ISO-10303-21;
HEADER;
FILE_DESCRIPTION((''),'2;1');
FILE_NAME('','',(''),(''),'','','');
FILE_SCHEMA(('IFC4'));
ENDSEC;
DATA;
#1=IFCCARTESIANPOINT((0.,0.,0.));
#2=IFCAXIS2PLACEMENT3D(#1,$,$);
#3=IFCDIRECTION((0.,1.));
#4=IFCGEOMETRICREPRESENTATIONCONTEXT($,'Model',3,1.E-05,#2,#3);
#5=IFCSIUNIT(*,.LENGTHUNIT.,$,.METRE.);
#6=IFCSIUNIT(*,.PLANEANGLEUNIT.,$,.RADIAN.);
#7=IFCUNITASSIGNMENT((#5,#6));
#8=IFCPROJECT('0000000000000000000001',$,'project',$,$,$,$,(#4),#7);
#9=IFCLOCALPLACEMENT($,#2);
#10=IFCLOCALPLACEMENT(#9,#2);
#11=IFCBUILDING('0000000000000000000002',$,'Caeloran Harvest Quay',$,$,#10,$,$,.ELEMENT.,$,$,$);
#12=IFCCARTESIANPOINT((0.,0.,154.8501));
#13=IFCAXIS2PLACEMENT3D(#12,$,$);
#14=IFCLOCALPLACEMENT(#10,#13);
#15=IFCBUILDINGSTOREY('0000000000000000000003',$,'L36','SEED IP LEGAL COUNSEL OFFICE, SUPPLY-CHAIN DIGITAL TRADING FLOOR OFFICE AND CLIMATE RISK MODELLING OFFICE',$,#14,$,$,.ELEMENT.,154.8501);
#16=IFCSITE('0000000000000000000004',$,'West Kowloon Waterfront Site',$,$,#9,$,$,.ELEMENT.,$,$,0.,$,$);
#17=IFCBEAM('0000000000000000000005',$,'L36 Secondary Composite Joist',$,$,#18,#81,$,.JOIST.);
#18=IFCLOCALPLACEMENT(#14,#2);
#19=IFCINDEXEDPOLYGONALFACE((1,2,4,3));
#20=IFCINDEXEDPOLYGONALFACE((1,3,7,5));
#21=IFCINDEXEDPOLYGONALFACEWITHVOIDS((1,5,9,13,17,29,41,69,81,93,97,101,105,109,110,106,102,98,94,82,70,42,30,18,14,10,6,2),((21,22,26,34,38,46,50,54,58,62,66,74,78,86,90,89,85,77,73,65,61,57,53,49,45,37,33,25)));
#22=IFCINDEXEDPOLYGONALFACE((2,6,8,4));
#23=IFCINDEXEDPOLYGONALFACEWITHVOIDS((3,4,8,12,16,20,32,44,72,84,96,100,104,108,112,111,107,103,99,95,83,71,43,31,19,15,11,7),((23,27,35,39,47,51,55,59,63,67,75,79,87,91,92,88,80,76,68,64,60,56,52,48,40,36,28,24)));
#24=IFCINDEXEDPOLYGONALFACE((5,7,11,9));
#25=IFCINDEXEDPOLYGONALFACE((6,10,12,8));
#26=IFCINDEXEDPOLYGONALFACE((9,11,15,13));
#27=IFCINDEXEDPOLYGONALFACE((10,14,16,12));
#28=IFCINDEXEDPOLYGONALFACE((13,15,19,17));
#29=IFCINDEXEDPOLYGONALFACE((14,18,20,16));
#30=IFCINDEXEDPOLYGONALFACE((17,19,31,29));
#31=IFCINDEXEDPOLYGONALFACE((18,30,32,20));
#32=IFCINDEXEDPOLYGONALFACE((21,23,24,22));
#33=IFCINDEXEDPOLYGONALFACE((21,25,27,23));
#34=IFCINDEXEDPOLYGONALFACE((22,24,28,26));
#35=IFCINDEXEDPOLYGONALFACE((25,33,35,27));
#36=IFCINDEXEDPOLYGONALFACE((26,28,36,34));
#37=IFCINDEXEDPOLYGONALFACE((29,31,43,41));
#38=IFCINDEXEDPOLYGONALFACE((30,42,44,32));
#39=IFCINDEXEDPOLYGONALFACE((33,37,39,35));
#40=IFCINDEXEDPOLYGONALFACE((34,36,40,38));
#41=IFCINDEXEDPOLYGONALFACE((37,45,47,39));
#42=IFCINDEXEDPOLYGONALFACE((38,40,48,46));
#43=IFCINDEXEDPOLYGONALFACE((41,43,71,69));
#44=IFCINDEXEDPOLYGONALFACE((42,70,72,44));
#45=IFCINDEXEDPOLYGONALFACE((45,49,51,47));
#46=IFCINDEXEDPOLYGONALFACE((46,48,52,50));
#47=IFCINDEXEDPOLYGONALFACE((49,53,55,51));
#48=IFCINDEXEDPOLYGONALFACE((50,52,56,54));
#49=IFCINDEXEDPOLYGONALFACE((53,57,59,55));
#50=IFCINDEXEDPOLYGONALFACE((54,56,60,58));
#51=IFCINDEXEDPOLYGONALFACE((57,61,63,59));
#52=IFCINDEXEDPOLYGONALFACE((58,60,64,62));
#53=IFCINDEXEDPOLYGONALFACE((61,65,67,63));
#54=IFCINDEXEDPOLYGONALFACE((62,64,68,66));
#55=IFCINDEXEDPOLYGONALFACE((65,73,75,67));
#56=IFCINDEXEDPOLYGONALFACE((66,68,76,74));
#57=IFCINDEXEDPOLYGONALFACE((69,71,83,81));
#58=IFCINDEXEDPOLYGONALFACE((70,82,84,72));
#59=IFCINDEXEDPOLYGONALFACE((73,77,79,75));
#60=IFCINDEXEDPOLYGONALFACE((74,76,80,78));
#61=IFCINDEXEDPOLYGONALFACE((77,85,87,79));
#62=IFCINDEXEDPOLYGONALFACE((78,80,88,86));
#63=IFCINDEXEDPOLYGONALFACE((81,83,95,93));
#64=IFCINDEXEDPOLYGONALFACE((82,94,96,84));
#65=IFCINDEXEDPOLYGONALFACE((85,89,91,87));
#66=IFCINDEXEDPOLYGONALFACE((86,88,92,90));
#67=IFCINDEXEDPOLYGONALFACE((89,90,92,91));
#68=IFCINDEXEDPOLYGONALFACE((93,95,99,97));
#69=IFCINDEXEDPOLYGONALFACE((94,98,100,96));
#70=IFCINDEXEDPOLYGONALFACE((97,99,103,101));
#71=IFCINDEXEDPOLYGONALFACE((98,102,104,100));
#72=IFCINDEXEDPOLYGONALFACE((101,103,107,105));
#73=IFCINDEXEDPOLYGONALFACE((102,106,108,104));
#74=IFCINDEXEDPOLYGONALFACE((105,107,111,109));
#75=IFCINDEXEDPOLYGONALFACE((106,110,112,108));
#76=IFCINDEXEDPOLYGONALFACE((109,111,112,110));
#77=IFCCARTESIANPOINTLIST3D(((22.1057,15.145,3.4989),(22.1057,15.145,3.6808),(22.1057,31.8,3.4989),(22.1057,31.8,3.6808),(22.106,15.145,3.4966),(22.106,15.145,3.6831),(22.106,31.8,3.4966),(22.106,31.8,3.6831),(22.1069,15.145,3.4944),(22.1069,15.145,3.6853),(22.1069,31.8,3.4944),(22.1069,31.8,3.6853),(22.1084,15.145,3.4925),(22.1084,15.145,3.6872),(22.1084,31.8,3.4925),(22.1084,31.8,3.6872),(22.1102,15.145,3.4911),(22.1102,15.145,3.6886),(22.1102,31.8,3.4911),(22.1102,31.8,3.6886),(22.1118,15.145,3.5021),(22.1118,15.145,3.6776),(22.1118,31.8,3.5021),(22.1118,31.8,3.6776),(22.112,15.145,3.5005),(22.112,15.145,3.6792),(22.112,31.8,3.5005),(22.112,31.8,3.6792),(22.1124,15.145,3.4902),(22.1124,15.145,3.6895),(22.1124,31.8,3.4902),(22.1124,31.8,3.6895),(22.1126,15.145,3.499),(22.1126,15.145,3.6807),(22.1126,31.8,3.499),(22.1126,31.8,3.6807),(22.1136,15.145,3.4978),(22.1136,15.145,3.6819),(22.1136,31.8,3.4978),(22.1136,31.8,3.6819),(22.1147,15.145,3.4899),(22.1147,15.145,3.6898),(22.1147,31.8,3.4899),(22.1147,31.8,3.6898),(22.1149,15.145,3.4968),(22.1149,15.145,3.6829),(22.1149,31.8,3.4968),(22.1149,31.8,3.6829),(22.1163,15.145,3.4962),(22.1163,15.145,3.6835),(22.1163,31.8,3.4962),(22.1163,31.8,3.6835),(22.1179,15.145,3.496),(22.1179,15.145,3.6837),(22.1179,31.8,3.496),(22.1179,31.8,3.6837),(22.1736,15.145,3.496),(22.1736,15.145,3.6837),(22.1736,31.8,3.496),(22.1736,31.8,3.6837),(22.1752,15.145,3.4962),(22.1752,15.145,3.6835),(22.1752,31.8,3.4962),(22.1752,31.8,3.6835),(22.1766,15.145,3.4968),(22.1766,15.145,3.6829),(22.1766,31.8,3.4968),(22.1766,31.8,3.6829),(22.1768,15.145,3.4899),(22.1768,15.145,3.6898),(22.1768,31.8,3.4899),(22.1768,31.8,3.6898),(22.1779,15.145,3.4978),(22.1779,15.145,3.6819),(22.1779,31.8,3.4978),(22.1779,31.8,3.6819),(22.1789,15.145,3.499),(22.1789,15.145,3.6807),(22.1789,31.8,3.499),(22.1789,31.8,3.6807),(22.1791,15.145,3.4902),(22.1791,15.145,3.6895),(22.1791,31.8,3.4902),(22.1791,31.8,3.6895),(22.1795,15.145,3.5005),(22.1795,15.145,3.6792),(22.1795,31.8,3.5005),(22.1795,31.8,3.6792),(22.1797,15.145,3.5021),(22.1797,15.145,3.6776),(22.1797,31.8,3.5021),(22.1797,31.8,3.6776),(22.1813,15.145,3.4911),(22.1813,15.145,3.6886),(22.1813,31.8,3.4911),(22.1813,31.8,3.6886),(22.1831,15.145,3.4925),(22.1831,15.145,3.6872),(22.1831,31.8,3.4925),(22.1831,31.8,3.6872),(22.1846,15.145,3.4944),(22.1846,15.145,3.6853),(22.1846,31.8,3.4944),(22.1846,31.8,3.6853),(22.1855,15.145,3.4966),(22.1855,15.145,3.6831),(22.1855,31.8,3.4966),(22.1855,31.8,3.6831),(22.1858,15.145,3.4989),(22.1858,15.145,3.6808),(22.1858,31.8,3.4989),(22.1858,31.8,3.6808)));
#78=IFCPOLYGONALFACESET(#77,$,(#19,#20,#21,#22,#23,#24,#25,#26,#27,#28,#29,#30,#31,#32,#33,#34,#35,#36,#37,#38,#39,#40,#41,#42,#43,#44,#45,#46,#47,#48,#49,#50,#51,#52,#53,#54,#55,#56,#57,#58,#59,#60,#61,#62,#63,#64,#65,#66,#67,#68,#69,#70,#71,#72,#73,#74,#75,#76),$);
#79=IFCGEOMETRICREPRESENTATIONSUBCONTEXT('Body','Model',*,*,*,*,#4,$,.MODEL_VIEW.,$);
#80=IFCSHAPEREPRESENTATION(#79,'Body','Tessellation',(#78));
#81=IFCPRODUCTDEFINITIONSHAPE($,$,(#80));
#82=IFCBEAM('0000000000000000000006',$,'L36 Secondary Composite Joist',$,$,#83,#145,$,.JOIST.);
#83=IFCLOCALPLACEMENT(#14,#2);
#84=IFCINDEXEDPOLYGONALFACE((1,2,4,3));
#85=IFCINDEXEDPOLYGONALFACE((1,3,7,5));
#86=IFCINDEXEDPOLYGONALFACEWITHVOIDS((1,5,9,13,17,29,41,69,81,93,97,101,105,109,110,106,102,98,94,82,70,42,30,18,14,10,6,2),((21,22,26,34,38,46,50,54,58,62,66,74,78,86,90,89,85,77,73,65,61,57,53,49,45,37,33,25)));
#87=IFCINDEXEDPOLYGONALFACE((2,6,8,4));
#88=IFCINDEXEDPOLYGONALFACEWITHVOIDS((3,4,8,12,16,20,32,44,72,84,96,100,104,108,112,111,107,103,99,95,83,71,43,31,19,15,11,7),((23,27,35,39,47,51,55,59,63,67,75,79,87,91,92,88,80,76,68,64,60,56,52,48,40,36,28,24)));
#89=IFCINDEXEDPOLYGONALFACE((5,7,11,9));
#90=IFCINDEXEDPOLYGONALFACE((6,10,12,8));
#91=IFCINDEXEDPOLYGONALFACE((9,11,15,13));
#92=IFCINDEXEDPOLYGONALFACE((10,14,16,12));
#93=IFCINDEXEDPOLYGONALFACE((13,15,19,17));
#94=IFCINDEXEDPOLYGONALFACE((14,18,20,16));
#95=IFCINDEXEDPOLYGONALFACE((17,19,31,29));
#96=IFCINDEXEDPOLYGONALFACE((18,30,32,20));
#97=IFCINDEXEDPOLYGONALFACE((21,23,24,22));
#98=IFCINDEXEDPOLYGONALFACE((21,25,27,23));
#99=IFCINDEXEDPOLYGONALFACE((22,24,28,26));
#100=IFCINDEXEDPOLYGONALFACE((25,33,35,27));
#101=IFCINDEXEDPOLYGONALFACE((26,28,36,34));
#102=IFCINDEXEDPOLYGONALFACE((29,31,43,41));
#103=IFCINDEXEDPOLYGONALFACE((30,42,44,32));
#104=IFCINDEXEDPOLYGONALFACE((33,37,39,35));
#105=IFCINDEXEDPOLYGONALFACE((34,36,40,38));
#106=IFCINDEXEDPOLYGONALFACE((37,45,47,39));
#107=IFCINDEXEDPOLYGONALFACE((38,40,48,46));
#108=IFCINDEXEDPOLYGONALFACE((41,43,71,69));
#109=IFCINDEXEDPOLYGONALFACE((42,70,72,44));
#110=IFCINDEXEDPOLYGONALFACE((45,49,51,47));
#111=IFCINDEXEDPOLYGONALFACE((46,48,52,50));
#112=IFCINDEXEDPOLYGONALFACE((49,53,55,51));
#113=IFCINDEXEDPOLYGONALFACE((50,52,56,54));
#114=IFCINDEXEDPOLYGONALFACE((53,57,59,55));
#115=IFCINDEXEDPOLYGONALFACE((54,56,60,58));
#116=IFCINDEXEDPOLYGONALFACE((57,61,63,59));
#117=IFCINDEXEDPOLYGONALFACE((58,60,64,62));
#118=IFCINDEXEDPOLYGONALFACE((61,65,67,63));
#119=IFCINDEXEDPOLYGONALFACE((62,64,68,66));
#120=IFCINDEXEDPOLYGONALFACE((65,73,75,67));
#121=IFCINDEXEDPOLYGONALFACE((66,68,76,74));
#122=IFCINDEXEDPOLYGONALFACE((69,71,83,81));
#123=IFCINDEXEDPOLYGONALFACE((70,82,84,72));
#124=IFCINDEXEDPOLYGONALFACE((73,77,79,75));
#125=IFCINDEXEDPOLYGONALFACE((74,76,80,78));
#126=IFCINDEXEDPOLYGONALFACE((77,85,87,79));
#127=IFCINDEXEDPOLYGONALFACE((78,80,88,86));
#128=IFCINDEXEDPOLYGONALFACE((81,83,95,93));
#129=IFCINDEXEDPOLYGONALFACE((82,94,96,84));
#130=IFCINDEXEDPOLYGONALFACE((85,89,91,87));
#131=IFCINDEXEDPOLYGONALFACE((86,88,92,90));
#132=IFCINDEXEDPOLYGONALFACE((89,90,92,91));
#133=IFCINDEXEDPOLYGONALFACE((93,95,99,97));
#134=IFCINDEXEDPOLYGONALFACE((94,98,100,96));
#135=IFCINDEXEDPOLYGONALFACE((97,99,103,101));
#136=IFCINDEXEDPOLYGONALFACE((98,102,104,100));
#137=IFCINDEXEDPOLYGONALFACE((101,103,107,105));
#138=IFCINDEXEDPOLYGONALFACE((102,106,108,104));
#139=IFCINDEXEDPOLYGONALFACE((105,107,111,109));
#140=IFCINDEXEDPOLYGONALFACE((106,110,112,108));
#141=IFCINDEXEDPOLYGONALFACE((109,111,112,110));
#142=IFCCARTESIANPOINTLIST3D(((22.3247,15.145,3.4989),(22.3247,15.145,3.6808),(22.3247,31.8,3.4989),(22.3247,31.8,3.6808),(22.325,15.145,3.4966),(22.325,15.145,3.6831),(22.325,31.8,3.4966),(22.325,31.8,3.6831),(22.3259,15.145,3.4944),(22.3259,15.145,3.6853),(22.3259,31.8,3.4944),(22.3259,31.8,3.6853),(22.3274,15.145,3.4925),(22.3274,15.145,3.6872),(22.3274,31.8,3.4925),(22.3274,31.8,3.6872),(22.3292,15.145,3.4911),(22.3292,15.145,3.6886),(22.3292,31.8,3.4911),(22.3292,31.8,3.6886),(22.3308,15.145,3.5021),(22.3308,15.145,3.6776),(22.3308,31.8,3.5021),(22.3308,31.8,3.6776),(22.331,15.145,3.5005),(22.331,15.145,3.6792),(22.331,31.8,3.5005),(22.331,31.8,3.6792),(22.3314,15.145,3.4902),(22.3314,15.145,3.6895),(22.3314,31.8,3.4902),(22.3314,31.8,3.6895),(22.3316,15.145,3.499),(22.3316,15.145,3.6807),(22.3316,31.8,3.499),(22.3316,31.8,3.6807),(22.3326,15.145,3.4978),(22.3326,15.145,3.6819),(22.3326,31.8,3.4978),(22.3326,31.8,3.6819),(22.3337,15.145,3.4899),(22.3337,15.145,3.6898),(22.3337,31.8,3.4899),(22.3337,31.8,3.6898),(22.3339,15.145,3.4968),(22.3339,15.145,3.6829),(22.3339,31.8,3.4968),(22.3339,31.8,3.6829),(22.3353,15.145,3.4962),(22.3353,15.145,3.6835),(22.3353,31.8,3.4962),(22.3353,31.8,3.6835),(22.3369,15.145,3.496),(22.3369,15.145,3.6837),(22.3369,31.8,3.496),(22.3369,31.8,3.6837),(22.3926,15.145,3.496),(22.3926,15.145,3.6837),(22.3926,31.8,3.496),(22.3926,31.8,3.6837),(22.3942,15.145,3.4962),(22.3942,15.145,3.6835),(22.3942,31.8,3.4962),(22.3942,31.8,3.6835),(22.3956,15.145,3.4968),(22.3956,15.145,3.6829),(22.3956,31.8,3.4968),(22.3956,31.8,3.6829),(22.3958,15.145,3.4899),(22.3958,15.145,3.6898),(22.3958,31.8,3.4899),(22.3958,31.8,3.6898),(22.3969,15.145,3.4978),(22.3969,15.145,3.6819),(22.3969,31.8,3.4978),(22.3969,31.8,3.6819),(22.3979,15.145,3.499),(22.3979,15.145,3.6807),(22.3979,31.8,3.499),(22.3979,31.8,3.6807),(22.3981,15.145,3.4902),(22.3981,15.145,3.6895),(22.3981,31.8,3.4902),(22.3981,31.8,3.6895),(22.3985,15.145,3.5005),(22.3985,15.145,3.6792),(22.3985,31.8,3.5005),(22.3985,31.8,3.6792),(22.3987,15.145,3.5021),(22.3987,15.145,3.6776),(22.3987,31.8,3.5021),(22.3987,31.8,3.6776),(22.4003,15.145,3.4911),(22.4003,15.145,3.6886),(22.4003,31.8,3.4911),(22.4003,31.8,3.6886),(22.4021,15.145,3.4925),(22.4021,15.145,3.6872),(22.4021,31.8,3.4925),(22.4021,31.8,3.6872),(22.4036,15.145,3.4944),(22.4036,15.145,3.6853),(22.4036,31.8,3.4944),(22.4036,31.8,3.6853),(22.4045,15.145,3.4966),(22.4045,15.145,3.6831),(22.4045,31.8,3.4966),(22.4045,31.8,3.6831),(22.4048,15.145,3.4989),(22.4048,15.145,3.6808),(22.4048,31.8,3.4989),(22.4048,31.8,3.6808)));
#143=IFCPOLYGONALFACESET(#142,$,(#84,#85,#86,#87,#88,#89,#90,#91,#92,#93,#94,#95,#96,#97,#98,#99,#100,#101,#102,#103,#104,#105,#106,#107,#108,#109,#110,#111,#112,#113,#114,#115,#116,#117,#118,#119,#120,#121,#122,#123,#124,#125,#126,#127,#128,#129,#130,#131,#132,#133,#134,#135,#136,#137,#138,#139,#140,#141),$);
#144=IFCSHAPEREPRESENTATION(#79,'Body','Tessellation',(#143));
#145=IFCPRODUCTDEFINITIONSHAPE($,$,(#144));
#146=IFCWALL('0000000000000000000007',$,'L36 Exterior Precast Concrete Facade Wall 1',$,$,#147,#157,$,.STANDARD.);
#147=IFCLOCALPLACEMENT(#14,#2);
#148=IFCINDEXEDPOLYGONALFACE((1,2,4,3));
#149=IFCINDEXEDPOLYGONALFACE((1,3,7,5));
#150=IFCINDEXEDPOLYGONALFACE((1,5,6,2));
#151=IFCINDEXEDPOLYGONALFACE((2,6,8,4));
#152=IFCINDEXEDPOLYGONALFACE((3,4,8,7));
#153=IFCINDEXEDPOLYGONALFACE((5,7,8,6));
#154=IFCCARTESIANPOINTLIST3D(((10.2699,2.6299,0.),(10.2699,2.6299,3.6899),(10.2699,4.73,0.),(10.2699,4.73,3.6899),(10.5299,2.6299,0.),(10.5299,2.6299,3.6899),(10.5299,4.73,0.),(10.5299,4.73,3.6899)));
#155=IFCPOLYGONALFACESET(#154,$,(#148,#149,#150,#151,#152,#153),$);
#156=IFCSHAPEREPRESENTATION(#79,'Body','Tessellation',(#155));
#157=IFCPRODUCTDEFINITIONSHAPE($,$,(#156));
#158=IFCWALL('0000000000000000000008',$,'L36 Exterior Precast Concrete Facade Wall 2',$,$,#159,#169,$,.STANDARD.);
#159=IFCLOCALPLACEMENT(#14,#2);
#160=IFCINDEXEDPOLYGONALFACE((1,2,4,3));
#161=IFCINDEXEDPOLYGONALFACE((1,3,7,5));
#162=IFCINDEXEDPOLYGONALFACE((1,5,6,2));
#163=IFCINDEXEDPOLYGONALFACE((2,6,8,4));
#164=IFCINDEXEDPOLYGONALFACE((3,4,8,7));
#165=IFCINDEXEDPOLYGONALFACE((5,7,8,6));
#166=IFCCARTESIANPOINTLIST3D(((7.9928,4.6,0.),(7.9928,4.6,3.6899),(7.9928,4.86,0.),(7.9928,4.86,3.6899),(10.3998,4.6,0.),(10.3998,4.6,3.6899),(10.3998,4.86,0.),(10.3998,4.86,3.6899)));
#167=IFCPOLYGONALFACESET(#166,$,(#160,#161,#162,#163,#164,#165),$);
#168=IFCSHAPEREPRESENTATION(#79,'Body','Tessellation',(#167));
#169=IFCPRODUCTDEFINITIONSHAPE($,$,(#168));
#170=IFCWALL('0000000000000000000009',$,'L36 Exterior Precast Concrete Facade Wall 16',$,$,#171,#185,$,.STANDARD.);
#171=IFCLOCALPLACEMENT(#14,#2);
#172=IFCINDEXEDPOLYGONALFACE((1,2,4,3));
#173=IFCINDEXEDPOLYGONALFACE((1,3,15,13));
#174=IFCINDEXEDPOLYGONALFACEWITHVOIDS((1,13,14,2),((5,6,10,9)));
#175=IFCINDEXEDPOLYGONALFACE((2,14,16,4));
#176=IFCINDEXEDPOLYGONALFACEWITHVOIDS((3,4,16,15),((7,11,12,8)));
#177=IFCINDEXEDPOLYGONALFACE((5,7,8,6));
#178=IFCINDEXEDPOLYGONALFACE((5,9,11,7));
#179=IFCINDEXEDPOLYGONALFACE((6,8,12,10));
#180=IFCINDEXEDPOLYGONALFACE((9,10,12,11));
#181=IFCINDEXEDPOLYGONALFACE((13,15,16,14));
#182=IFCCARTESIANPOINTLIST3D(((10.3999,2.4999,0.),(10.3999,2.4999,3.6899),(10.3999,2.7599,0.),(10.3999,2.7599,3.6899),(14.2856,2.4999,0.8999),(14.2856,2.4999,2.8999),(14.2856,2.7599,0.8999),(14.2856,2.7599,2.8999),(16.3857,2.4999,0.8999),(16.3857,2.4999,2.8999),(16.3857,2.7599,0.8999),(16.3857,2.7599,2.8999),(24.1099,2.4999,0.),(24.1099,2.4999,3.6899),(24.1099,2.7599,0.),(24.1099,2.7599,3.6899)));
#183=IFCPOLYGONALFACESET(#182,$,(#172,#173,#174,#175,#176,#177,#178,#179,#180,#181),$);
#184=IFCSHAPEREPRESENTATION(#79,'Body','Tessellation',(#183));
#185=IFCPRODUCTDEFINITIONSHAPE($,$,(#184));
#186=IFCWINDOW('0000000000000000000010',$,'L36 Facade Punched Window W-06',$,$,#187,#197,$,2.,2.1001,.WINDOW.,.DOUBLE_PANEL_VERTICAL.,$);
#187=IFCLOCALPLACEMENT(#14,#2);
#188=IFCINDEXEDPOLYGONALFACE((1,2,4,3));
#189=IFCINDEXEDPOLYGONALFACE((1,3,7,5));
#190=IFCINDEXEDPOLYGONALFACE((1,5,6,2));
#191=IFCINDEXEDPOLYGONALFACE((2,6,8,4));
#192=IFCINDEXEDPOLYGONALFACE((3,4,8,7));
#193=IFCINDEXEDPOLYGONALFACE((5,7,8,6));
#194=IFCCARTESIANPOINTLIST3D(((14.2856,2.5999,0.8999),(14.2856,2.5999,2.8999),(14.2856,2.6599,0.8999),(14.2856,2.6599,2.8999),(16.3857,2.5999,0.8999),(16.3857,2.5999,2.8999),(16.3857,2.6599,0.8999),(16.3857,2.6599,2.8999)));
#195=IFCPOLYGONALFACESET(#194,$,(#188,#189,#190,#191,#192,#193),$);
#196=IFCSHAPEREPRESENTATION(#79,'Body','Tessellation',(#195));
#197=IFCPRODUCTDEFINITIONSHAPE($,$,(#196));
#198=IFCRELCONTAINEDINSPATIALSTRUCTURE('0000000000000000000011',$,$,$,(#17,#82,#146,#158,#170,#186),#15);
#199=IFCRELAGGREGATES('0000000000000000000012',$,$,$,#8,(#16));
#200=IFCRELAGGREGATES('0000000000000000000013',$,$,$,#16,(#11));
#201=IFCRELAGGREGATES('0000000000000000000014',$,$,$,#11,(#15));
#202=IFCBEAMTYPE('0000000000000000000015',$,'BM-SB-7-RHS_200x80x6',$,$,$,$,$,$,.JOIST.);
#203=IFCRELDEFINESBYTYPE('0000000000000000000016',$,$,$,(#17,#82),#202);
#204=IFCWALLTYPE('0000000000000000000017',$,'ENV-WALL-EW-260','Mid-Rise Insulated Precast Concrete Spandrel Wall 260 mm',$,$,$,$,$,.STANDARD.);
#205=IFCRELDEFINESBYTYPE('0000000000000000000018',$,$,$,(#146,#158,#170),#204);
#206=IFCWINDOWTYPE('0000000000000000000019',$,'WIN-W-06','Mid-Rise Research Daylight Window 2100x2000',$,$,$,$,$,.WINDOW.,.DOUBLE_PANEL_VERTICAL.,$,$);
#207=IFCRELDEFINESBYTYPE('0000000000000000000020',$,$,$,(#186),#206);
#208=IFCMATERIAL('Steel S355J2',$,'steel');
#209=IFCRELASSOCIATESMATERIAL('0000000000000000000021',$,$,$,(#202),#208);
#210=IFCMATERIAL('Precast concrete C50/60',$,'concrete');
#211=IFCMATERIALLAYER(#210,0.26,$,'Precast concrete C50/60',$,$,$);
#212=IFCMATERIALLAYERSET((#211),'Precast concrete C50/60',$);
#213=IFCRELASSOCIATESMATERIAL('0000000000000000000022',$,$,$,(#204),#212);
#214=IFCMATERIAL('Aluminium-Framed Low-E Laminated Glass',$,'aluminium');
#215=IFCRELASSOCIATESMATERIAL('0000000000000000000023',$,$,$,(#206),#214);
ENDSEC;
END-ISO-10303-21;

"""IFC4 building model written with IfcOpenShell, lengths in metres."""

from ifc_helpers import new_model, si_unit, direction, frame, frame_2d, origin, origin_2d, place, context, subcontext, project, spatial, rectangle, hollow_rectangle, extrude, material, layer, layer_set, material_profile, profile_set, type_object, element, fill, save


model = new_model("IFC4")

# Units and contexts
model_context = context("Model", 3, precision=1e-05, world=origin(), true_north=direction((0.0, 1.0)))
body_context = subcontext(model_context, "Body", "Model", "MODEL_VIEW")
ifc_project = project(units=[si_unit("LENGTHUNIT", "METRE"), si_unit("PLANEANGLEUNIT", "RADIAN")], contexts=[model_context])

# Site, building, storey
site_placement = place(None, origin())
site = spatial("IfcSite", under=ifc_project, at=site_placement, Name="West Kowloon Waterfront Site", CompositionType="ELEMENT", RefElevation=0.0)
building_placement = place(site_placement, origin())
building = spatial("IfcBuilding", under=site, at=building_placement, Name="Caeloran Harvest Quay", CompositionType="ELEMENT")
storey_placement = place(building_placement, frame((0.0, 0.0, 154.8501)))
storey = spatial("IfcBuildingStorey", under=building, at=storey_placement, Name="L36", Description="SEED IP LEGAL COUNSEL OFFICE, SUPPLY-CHAIN DIGITAL TRADING FLOOR OFFICE AND CLIMATE RISK MODELLING OFFICE", CompositionType="ELEMENT", Elevation=154.8501)

# Beams
ifc_material_1 = material(Name="Steel S355J2", Category="steel")
ifc_material_profile_1 = material_profile(ifc_material_1, hollow_rectangle(XDim=0.0801, YDim=0.2, WallThickness=0.0061, InnerFilletRadius=0.0061, OuterFilletRadius=0.009, at=origin_2d()), Name="RHS 200x80x6")
ifc_profile_set_1 = profile_set([ifc_material_profile_1], Name="Steel S355J2")
beam_type_1 = type_object("IfcBeamType", Name="BM-SB-7-RHS_200x80x6", PredefinedType="JOIST", material=ifc_profile_set_1)
for number, where, z_axis, x_axis, name in (
    (1, (22.1458, 15.145, 3.5898), (0.0, 1.0, 0.0), (-1.0, 0.0, 0.0), "L36 Secondary Composite Joist"),
    (2, (22.3647, 15.145, 3.5898), (0.0, 1.0, 0.0), (-1.0, 0.0, 0.0), "L36 Secondary Composite Joist"),
):
    element("IfcBeam", number, at=place(storey_placement, frame(where, z_axis=z_axis, x_axis=x_axis)), inside=storey, type_object=beam_type_1, Name=name, PredefinedType="JOIST", context=body_context, shape_type="SweptSolid", body=[
        extrude(hollow_rectangle(XDim=0.0801, YDim=0.2, WallThickness=0.0061, InnerFilletRadius=0.0061, OuterFilletRadius=0.009, at=origin_2d()), origin(), (0.0, 0.0, 1.0), 16.655),
    ])

# Walls
ifc_material_2 = material(Name="Precast concrete C50/60", Category="concrete")
ifc_layer_1 = layer(ifc_material_2, 0.26, Name="Precast concrete C50/60")
ifc_layer_set_1 = layer_set([ifc_layer_1], Name="Precast concrete C50/60")
wall_type_1 = type_object("IfcWallType", Name="ENV-WALL-EW-260", Description="Mid-Rise Insulated Precast Concrete Spandrel Wall 260 mm", PredefinedType="STANDARD", material=ifc_layer_set_1)
wall_1_placement = place(storey_placement, frame((10.3999, 2.6299, 0.0), z_axis=(0.0, 0.0, 1.0), x_axis=(0.0, 1.0, 0.0)))
element("IfcWall", 3, at=wall_1_placement, inside=storey, type_object=wall_type_1, Name="L36 Exterior Precast Concrete Facade Wall 1", PredefinedType="STANDARD", context=body_context, shape_type="SweptSolid", body=[
    extrude(rectangle(XDim=2.1001, YDim=0.26, at=frame_2d((1.05, 0.0))), origin(), (0.0, 0.0, 1.0), 3.6899),
])
wall_2_placement = place(storey_placement, frame((10.3999, 4.73, 0.0), z_axis=(0.0, 0.0, 1.0), x_axis=(-1.0, 0.0, 0.0)))
element("IfcWall", 4, at=wall_2_placement, inside=storey, type_object=wall_type_1, Name="L36 Exterior Precast Concrete Facade Wall 2", PredefinedType="STANDARD", context=body_context, shape_type="SweptSolid", body=[
    extrude(rectangle(XDim=2.407, YDim=0.26, at=frame_2d((1.2036, 0.0))), origin(), (0.0, 0.0, 1.0), 3.6899),
])

# Wall, opening, window
wall_3_placement = place(storey_placement, frame((24.1099, 2.6299, 0.0), z_axis=(0.0, 0.0, 1.0), x_axis=(-1.0, 0.0, 0.0)))
wall_3 = element("IfcWall", 5, at=wall_3_placement, inside=storey, type_object=wall_type_1, Name="L36 Exterior Precast Concrete Facade Wall 16", PredefinedType="STANDARD", context=body_context, shape_type="SweptSolid", body=[
    extrude(rectangle(XDim=13.71, YDim=0.26, at=frame_2d((6.855, 0.0))), origin(), (0.0, 0.0, 1.0), 3.6899),
])
opening_placement = place(wall_3_placement, frame((7.7241, 0.0, 0.8999)))
opening = element("IfcOpeningElement", 6, at=opening_placement, cuts=wall_3, PredefinedType="OPENING", context=body_context, shape_type="SweptSolid", body=[
    extrude(rectangle(XDim=2.1001, YDim=2.0, at=frame_2d((1.05, 1.0))), frame((0.0, 0.1401, 0.0), z_axis=(0.0, -1.0, 0.0), x_axis=(1.0, 0.0, 0.0)), (0.0, 0.0, 1.0), 0.28),
])
ifc_material_3 = material(Name="Aluminium-Framed Low-E Laminated Glass", Category="aluminium")
window_type = type_object("IfcWindowType", Name="WIN-W-06", Description="Mid-Rise Research Daylight Window 2100x2000", PartitioningType="DOUBLE_PANEL_VERTICAL", PredefinedType="WINDOW", material=ifc_material_3)
window_placement = place(opening_placement, origin())
window = element("IfcWindow", 7, at=window_placement, inside=storey, type_object=window_type, Name="L36 Facade Punched Window W-06", OverallHeight=2.0, OverallWidth=2.1001, PartitioningType="DOUBLE_PANEL_VERTICAL", PredefinedType="WINDOW", context=body_context, shape_type="SweptSolid", body=[
    extrude(rectangle(XDim=2.1001, YDim=2.0, at=frame_2d((1.05, 1.0))), frame((0.0, 0.03, 0.0), z_axis=(0.0, -1.0, 0.0), x_axis=(1.0, 0.0, 0.0)), (0.0, 0.0, 1.0), 0.0601),
])
fill(opening, window)

save(model, "model.ifc")
